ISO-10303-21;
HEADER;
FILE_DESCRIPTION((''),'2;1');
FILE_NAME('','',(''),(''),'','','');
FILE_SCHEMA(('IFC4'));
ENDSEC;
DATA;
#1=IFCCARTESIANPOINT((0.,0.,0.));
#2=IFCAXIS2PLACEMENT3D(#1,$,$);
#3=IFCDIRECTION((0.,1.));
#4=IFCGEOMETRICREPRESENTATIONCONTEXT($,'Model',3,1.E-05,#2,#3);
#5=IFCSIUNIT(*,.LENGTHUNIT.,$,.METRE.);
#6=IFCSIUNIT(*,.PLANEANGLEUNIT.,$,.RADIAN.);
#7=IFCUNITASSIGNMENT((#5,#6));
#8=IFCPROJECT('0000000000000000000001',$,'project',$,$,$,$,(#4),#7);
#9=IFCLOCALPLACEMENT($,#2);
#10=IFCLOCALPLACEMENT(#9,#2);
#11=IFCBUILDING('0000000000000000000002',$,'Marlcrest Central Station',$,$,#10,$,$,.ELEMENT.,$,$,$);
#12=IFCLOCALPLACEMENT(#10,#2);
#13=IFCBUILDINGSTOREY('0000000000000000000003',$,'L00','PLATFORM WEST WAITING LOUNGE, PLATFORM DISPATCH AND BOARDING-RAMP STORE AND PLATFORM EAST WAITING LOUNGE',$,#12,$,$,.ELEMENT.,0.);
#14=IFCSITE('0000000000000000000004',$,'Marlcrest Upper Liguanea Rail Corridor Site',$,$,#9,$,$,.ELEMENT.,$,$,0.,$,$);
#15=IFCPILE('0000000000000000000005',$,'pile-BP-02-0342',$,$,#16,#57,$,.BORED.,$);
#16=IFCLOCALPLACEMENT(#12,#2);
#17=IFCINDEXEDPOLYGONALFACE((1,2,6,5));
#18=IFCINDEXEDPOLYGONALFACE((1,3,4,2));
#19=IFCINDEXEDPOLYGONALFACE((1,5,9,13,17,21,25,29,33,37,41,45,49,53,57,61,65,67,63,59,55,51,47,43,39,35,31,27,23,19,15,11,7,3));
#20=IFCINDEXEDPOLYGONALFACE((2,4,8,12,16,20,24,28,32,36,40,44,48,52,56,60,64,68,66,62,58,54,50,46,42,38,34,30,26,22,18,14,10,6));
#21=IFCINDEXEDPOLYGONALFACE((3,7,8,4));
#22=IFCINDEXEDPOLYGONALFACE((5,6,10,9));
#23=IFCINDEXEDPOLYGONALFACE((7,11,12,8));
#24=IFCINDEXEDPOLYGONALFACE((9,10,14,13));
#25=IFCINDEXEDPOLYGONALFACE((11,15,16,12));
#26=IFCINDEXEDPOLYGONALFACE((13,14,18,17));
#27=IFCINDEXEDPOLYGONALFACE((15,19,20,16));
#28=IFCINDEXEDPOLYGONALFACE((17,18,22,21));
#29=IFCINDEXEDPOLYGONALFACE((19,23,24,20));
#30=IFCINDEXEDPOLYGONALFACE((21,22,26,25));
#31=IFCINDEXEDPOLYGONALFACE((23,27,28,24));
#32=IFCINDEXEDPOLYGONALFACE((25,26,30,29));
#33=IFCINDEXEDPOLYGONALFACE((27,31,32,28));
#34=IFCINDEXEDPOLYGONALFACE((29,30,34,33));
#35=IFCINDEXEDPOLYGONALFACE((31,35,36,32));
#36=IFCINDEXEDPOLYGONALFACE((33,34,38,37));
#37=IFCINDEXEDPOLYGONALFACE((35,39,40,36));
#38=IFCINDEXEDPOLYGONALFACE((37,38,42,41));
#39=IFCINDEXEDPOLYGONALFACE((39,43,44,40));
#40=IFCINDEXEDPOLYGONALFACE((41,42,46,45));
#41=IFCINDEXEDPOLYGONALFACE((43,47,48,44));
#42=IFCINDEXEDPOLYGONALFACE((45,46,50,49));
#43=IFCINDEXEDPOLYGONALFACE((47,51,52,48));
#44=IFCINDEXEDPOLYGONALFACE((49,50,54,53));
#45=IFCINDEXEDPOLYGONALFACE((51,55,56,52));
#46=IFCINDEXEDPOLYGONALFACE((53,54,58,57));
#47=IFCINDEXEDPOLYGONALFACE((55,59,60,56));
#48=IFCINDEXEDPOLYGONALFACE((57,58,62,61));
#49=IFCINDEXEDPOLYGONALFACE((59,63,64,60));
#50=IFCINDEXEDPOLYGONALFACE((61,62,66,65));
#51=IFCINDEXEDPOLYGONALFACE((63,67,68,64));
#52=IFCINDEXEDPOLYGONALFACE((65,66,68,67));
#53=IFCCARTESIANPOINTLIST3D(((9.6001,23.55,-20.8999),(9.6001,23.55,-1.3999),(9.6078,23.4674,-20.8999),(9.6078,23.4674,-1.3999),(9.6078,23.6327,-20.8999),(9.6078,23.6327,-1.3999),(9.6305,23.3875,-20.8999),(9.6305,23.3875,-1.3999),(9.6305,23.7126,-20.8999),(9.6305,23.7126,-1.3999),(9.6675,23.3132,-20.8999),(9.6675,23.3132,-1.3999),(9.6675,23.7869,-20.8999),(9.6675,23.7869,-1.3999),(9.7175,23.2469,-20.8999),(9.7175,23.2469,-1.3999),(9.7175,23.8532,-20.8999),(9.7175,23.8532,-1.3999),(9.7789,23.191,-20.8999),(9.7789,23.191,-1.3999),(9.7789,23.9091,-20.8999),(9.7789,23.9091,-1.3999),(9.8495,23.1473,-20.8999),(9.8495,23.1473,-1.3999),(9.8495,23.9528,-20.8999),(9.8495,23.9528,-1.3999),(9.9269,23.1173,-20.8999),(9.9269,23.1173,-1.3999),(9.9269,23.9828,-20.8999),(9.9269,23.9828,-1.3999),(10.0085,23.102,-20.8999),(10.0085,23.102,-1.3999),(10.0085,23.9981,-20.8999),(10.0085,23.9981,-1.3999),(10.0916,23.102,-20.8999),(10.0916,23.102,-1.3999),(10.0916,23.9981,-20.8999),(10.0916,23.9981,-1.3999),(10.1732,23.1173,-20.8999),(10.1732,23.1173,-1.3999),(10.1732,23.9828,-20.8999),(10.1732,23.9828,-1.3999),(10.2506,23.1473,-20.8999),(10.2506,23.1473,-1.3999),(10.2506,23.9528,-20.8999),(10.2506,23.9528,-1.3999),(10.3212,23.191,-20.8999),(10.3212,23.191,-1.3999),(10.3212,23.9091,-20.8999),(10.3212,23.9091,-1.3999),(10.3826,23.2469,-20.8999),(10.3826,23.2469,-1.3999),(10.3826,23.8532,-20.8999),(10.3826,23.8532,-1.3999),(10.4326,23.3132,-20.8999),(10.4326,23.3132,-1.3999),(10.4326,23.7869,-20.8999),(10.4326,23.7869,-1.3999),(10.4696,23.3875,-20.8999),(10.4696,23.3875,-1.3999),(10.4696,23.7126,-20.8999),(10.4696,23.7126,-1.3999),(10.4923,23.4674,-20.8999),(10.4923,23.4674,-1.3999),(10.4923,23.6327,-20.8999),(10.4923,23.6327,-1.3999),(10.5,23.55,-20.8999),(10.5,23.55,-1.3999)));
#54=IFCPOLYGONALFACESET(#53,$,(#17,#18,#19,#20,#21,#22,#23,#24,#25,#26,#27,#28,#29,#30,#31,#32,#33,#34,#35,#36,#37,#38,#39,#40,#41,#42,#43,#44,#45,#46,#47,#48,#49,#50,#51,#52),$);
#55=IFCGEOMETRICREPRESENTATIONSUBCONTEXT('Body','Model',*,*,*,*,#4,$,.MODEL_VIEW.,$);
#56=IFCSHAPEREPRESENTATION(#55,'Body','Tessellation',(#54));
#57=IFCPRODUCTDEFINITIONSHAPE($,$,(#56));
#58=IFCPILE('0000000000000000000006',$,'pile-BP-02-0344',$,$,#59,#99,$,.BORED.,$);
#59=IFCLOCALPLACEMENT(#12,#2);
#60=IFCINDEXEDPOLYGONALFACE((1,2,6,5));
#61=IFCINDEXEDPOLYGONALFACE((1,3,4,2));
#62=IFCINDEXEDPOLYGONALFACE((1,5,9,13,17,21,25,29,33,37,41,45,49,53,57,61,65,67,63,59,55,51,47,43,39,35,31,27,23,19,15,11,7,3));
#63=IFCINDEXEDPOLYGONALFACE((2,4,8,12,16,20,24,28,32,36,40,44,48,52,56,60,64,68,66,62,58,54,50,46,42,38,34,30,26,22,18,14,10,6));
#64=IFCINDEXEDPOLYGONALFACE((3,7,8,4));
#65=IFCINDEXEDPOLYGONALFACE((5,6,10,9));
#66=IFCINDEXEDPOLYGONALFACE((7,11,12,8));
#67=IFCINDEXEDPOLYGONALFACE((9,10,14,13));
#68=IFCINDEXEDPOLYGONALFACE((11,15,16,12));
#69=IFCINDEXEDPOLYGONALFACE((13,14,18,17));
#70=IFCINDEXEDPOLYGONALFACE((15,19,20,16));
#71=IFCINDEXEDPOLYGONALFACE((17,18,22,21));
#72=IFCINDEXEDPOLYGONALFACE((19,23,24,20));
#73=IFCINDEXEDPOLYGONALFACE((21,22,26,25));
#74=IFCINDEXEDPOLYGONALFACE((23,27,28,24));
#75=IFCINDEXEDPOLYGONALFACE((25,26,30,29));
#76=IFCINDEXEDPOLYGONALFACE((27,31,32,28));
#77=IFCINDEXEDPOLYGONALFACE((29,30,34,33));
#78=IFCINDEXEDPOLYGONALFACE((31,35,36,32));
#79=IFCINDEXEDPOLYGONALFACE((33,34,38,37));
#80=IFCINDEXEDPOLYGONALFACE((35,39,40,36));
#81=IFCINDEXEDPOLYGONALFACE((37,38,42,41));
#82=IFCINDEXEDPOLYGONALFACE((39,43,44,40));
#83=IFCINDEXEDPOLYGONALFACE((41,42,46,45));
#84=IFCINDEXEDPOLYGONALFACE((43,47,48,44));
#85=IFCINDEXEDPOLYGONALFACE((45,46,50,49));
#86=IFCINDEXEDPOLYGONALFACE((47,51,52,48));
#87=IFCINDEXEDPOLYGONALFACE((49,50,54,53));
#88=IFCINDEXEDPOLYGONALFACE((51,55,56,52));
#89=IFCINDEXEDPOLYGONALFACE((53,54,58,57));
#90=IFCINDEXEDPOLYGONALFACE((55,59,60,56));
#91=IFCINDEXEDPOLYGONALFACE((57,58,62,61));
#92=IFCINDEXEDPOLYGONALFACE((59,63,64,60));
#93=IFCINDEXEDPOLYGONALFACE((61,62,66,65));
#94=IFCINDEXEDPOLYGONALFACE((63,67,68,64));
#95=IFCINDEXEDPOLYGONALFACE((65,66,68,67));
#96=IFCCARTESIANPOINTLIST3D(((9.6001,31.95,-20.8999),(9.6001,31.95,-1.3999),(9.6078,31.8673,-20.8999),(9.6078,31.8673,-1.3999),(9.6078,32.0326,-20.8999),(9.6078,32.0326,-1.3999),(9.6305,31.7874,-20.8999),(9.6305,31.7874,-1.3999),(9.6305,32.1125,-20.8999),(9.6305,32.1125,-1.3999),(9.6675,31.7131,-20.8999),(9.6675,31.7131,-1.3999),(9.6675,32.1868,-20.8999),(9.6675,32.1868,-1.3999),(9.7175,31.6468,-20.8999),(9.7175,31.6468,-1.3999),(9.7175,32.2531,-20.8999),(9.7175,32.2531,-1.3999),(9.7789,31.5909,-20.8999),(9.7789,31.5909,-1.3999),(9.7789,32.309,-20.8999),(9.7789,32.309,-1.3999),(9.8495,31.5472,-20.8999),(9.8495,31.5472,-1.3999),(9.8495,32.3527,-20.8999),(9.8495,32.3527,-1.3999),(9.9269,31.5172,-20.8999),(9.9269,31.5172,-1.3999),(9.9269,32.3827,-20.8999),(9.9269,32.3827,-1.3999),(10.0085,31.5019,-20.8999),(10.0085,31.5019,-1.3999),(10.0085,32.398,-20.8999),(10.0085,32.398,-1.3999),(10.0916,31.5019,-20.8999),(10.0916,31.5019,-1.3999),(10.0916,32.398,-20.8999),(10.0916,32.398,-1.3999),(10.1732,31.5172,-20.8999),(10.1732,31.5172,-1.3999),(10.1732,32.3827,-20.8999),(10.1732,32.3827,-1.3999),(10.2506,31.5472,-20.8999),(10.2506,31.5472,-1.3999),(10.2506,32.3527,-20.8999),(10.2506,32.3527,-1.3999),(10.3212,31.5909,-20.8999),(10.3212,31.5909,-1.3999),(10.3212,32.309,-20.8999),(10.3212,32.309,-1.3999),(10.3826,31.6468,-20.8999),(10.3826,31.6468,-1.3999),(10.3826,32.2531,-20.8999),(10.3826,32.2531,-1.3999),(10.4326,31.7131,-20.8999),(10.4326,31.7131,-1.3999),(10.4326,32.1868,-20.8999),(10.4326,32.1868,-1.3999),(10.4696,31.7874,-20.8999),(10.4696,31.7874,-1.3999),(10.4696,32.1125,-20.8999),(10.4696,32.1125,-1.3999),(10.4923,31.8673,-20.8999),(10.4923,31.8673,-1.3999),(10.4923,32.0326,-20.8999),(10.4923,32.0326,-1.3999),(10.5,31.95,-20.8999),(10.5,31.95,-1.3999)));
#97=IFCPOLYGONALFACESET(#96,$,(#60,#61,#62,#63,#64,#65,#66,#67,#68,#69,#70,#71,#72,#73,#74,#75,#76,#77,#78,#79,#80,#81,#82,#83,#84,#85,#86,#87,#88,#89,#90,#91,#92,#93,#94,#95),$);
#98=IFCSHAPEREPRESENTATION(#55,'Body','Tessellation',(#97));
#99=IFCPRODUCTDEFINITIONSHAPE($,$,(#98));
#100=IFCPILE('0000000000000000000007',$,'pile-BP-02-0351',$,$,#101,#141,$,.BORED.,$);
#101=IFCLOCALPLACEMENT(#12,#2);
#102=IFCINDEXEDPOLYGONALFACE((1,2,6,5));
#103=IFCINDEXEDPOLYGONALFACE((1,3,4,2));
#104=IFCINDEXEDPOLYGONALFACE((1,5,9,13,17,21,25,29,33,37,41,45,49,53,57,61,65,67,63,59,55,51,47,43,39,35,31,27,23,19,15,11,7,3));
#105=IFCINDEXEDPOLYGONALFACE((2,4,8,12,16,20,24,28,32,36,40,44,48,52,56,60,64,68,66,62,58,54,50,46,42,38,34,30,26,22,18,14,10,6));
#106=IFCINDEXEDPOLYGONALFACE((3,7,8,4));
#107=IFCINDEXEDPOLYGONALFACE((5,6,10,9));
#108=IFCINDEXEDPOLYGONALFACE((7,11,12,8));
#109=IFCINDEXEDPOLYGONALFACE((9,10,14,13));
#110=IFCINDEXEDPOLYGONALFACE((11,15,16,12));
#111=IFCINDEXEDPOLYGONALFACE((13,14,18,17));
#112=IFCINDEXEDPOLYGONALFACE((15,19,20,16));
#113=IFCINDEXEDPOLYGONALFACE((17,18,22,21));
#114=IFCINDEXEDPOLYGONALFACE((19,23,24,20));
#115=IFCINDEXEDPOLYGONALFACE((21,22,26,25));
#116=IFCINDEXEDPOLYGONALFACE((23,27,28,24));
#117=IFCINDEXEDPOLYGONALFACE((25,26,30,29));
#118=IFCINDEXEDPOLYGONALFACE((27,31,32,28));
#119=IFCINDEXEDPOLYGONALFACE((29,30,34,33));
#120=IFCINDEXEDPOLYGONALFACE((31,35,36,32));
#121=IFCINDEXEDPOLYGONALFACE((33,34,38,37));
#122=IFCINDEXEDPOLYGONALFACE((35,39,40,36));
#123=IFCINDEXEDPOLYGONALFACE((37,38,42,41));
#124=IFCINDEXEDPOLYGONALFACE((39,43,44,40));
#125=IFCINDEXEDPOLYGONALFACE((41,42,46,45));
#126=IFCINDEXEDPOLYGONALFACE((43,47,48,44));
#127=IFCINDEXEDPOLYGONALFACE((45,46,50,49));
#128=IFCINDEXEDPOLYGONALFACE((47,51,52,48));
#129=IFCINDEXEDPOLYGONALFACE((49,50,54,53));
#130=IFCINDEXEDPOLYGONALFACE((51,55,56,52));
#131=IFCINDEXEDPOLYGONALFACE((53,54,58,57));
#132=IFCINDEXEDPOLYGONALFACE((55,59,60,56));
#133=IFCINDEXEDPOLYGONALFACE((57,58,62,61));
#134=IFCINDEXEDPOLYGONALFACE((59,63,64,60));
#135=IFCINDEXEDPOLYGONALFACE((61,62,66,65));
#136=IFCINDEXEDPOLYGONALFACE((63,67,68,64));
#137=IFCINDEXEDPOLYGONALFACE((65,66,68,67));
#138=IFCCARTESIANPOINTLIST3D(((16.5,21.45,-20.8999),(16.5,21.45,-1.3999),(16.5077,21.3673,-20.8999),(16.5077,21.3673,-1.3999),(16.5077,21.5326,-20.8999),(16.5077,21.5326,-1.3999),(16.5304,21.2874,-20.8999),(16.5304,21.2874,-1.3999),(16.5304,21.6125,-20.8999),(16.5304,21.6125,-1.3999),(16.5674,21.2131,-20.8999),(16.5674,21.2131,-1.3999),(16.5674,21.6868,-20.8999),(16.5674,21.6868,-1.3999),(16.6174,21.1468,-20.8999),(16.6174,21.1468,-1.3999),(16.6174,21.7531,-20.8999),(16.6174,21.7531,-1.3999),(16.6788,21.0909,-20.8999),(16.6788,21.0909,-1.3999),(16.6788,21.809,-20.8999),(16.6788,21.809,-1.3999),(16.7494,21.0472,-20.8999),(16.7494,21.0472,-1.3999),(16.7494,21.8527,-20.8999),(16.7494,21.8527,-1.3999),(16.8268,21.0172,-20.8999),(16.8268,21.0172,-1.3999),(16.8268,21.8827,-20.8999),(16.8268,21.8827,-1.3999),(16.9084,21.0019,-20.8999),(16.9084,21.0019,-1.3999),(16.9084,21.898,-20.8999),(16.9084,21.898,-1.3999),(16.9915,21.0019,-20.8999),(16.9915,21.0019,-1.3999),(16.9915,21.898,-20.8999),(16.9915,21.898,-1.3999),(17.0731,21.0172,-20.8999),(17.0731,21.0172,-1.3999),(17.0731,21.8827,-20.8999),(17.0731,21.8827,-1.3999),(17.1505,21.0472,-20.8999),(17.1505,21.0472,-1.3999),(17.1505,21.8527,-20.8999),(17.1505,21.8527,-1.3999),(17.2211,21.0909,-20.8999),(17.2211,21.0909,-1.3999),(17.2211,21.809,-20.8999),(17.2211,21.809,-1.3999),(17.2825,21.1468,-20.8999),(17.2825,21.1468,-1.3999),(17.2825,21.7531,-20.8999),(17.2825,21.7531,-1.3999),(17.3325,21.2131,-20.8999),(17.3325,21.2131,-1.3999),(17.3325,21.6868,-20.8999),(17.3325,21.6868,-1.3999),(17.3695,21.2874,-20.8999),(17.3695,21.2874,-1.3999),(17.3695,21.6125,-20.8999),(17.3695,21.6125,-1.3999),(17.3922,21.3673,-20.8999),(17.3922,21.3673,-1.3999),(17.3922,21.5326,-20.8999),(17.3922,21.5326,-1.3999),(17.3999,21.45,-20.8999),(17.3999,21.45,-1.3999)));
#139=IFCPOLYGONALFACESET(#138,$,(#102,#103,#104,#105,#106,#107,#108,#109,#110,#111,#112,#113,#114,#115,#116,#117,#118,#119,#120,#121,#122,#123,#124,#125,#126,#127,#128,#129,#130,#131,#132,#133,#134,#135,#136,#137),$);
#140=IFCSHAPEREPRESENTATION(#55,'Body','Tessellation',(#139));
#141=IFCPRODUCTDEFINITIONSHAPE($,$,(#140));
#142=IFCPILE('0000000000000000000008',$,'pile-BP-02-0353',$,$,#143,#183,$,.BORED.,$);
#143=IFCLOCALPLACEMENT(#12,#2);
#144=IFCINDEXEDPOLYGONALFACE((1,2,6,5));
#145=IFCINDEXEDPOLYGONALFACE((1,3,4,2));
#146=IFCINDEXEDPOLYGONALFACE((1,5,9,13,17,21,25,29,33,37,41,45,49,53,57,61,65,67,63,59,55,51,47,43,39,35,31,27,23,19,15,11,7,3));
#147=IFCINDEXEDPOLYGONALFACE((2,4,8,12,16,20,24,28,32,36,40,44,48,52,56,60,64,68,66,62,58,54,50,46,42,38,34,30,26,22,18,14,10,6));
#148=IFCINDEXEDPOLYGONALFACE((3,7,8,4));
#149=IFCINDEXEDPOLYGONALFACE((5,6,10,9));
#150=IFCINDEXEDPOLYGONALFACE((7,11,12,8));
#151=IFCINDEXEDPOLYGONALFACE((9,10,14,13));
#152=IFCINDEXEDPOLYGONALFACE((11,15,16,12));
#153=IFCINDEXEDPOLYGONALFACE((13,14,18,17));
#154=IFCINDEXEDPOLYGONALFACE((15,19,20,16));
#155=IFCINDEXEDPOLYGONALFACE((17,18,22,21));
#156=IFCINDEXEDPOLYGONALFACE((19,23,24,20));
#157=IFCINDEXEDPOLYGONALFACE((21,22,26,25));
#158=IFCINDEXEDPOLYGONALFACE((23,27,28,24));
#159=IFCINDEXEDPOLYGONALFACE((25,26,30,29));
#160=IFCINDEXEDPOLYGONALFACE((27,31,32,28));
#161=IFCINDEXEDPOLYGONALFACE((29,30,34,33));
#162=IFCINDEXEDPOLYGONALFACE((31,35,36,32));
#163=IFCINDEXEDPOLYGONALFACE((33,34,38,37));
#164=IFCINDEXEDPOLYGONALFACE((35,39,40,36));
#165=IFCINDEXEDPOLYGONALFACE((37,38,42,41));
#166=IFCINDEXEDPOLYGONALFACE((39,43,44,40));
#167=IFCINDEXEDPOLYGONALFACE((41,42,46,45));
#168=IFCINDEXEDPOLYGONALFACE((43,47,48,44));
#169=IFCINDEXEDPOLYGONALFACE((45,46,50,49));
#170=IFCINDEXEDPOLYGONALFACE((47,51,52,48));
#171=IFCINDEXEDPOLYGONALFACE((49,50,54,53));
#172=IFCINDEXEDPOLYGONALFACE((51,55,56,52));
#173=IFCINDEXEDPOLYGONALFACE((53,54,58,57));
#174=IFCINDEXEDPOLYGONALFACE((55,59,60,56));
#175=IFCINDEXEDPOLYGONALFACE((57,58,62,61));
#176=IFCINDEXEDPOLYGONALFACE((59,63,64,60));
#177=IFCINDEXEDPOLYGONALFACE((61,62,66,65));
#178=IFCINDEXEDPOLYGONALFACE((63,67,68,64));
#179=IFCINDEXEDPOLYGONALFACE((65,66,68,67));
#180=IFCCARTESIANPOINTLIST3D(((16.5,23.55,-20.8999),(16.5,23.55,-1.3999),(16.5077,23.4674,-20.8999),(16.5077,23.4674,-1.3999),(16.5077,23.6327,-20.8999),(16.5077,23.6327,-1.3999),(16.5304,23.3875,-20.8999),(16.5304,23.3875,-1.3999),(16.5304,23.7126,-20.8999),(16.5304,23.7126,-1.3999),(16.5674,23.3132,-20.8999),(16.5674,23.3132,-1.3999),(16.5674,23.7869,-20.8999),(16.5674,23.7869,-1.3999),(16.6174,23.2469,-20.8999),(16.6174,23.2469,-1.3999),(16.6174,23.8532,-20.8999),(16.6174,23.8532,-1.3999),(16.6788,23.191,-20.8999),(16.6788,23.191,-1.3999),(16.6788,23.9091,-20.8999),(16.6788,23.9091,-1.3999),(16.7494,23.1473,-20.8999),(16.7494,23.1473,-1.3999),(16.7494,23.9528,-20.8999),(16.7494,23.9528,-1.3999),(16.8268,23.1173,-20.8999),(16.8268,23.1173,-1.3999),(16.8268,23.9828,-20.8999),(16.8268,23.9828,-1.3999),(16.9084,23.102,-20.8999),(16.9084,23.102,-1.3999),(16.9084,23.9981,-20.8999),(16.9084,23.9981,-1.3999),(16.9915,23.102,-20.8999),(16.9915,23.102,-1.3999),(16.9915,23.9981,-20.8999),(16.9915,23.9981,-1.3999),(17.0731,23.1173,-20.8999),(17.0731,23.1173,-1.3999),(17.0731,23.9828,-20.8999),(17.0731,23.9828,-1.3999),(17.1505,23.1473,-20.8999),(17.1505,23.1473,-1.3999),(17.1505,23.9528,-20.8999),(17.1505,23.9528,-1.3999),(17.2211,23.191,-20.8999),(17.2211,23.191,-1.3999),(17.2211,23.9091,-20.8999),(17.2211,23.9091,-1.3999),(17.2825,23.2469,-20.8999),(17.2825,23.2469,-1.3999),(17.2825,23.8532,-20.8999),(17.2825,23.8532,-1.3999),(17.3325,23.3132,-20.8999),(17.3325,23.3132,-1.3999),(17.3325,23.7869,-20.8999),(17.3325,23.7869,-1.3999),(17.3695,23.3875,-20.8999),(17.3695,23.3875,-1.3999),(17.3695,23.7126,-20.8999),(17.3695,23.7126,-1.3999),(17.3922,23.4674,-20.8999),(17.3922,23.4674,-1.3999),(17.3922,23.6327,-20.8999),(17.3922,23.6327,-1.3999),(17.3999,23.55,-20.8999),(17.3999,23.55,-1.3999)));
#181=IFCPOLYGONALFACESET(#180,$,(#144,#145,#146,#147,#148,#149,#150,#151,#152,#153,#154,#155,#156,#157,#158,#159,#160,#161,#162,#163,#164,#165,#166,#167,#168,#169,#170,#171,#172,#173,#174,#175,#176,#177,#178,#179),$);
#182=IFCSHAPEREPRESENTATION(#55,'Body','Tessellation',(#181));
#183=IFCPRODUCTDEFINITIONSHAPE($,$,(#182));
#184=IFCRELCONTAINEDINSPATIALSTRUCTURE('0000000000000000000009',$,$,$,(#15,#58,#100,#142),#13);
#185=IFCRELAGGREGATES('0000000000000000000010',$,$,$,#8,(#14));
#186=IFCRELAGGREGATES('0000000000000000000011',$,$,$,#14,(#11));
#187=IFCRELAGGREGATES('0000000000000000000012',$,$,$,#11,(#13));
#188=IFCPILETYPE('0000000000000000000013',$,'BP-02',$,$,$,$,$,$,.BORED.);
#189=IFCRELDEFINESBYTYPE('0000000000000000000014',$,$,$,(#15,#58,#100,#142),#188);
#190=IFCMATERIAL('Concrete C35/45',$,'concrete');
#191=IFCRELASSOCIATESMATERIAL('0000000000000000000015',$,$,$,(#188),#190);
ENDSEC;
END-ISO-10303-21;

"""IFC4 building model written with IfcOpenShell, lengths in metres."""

from ifc_helpers import new_model, si_unit, direction, frame, origin, origin_2d, place, context, subcontext, project, spatial, circle, extrude, material, material_profile, profile_set, type_object, element, save


model = new_model("IFC4")

# Units and contexts
model_context = context("Model", 3, precision=1e-05, world=origin(), true_north=direction((0.0, 1.0)))
body_context = subcontext(model_context, "Body", "Model", "MODEL_VIEW")
ifc_project = project(units=[si_unit("LENGTHUNIT", "METRE"), si_unit("PLANEANGLEUNIT", "RADIAN")], contexts=[model_context])

# Site, building, storey
site_placement = place(None, origin())
site = spatial("IfcSite", under=ifc_project, at=site_placement, Name="Marlcrest Upper Liguanea Rail Corridor Site", CompositionType="ELEMENT", RefElevation=0.0)
building_placement = place(site_placement, origin())
building = spatial("IfcBuilding", under=site, at=building_placement, Name="Marlcrest Central Station", CompositionType="ELEMENT")
storey_placement = place(building_placement, origin())
storey = spatial("IfcBuildingStorey", under=building, at=storey_placement, Name="L00", Description="PLATFORM WEST WAITING LOUNGE, PLATFORM DISPATCH AND BOARDING-RAMP STORE AND PLATFORM EAST WAITING LOUNGE", CompositionType="ELEMENT", Elevation=0.0)

# Piles
ifc_material_1 = material(Name="Concrete C35/45", Category="concrete")
ifc_material_profile_1 = material_profile(ifc_material_1, circle(Radius=0.45, at=origin_2d()), Name="PILE D900")
ifc_profile_set_1 = profile_set([ifc_material_profile_1], Name="Concrete C35/45")
pile_type = type_object("IfcPileType", Name="BP-02", PredefinedType="BORED", material=ifc_profile_set_1)
for number, where, z_axis, x_axis, name in (
    (1, (10.05, 23.55, -1.3999), (0.0, 0.0, -1.0), (1.0, 0.0, 0.0), "pile-BP-02-0342"),
    (2, (10.05, 31.95, -1.3999), (0.0, 0.0, -1.0), (1.0, 0.0, 0.0), "pile-BP-02-0344"),
    (3, (16.95, 21.45, -1.3999), (0.0, 0.0, -1.0), (1.0, 0.0, 0.0), "pile-BP-02-0351"),
    (4, (16.95, 23.55, -1.3999), (0.0, 0.0, -1.0), (1.0, 0.0, 0.0), "pile-BP-02-0353"),
):
    element("IfcPile", number, at=place(storey_placement, frame(where, z_axis=z_axis, x_axis=x_axis)), inside=storey, type_object=pile_type, Name=name, PredefinedType="BORED", context=body_context, shape_type="SweptSolid", body=[
        extrude(circle(Radius=0.45, at=origin_2d()), origin(), (0.0, 0.0, 1.0), 19.5),
    ])

save(model, "model.ifc")
